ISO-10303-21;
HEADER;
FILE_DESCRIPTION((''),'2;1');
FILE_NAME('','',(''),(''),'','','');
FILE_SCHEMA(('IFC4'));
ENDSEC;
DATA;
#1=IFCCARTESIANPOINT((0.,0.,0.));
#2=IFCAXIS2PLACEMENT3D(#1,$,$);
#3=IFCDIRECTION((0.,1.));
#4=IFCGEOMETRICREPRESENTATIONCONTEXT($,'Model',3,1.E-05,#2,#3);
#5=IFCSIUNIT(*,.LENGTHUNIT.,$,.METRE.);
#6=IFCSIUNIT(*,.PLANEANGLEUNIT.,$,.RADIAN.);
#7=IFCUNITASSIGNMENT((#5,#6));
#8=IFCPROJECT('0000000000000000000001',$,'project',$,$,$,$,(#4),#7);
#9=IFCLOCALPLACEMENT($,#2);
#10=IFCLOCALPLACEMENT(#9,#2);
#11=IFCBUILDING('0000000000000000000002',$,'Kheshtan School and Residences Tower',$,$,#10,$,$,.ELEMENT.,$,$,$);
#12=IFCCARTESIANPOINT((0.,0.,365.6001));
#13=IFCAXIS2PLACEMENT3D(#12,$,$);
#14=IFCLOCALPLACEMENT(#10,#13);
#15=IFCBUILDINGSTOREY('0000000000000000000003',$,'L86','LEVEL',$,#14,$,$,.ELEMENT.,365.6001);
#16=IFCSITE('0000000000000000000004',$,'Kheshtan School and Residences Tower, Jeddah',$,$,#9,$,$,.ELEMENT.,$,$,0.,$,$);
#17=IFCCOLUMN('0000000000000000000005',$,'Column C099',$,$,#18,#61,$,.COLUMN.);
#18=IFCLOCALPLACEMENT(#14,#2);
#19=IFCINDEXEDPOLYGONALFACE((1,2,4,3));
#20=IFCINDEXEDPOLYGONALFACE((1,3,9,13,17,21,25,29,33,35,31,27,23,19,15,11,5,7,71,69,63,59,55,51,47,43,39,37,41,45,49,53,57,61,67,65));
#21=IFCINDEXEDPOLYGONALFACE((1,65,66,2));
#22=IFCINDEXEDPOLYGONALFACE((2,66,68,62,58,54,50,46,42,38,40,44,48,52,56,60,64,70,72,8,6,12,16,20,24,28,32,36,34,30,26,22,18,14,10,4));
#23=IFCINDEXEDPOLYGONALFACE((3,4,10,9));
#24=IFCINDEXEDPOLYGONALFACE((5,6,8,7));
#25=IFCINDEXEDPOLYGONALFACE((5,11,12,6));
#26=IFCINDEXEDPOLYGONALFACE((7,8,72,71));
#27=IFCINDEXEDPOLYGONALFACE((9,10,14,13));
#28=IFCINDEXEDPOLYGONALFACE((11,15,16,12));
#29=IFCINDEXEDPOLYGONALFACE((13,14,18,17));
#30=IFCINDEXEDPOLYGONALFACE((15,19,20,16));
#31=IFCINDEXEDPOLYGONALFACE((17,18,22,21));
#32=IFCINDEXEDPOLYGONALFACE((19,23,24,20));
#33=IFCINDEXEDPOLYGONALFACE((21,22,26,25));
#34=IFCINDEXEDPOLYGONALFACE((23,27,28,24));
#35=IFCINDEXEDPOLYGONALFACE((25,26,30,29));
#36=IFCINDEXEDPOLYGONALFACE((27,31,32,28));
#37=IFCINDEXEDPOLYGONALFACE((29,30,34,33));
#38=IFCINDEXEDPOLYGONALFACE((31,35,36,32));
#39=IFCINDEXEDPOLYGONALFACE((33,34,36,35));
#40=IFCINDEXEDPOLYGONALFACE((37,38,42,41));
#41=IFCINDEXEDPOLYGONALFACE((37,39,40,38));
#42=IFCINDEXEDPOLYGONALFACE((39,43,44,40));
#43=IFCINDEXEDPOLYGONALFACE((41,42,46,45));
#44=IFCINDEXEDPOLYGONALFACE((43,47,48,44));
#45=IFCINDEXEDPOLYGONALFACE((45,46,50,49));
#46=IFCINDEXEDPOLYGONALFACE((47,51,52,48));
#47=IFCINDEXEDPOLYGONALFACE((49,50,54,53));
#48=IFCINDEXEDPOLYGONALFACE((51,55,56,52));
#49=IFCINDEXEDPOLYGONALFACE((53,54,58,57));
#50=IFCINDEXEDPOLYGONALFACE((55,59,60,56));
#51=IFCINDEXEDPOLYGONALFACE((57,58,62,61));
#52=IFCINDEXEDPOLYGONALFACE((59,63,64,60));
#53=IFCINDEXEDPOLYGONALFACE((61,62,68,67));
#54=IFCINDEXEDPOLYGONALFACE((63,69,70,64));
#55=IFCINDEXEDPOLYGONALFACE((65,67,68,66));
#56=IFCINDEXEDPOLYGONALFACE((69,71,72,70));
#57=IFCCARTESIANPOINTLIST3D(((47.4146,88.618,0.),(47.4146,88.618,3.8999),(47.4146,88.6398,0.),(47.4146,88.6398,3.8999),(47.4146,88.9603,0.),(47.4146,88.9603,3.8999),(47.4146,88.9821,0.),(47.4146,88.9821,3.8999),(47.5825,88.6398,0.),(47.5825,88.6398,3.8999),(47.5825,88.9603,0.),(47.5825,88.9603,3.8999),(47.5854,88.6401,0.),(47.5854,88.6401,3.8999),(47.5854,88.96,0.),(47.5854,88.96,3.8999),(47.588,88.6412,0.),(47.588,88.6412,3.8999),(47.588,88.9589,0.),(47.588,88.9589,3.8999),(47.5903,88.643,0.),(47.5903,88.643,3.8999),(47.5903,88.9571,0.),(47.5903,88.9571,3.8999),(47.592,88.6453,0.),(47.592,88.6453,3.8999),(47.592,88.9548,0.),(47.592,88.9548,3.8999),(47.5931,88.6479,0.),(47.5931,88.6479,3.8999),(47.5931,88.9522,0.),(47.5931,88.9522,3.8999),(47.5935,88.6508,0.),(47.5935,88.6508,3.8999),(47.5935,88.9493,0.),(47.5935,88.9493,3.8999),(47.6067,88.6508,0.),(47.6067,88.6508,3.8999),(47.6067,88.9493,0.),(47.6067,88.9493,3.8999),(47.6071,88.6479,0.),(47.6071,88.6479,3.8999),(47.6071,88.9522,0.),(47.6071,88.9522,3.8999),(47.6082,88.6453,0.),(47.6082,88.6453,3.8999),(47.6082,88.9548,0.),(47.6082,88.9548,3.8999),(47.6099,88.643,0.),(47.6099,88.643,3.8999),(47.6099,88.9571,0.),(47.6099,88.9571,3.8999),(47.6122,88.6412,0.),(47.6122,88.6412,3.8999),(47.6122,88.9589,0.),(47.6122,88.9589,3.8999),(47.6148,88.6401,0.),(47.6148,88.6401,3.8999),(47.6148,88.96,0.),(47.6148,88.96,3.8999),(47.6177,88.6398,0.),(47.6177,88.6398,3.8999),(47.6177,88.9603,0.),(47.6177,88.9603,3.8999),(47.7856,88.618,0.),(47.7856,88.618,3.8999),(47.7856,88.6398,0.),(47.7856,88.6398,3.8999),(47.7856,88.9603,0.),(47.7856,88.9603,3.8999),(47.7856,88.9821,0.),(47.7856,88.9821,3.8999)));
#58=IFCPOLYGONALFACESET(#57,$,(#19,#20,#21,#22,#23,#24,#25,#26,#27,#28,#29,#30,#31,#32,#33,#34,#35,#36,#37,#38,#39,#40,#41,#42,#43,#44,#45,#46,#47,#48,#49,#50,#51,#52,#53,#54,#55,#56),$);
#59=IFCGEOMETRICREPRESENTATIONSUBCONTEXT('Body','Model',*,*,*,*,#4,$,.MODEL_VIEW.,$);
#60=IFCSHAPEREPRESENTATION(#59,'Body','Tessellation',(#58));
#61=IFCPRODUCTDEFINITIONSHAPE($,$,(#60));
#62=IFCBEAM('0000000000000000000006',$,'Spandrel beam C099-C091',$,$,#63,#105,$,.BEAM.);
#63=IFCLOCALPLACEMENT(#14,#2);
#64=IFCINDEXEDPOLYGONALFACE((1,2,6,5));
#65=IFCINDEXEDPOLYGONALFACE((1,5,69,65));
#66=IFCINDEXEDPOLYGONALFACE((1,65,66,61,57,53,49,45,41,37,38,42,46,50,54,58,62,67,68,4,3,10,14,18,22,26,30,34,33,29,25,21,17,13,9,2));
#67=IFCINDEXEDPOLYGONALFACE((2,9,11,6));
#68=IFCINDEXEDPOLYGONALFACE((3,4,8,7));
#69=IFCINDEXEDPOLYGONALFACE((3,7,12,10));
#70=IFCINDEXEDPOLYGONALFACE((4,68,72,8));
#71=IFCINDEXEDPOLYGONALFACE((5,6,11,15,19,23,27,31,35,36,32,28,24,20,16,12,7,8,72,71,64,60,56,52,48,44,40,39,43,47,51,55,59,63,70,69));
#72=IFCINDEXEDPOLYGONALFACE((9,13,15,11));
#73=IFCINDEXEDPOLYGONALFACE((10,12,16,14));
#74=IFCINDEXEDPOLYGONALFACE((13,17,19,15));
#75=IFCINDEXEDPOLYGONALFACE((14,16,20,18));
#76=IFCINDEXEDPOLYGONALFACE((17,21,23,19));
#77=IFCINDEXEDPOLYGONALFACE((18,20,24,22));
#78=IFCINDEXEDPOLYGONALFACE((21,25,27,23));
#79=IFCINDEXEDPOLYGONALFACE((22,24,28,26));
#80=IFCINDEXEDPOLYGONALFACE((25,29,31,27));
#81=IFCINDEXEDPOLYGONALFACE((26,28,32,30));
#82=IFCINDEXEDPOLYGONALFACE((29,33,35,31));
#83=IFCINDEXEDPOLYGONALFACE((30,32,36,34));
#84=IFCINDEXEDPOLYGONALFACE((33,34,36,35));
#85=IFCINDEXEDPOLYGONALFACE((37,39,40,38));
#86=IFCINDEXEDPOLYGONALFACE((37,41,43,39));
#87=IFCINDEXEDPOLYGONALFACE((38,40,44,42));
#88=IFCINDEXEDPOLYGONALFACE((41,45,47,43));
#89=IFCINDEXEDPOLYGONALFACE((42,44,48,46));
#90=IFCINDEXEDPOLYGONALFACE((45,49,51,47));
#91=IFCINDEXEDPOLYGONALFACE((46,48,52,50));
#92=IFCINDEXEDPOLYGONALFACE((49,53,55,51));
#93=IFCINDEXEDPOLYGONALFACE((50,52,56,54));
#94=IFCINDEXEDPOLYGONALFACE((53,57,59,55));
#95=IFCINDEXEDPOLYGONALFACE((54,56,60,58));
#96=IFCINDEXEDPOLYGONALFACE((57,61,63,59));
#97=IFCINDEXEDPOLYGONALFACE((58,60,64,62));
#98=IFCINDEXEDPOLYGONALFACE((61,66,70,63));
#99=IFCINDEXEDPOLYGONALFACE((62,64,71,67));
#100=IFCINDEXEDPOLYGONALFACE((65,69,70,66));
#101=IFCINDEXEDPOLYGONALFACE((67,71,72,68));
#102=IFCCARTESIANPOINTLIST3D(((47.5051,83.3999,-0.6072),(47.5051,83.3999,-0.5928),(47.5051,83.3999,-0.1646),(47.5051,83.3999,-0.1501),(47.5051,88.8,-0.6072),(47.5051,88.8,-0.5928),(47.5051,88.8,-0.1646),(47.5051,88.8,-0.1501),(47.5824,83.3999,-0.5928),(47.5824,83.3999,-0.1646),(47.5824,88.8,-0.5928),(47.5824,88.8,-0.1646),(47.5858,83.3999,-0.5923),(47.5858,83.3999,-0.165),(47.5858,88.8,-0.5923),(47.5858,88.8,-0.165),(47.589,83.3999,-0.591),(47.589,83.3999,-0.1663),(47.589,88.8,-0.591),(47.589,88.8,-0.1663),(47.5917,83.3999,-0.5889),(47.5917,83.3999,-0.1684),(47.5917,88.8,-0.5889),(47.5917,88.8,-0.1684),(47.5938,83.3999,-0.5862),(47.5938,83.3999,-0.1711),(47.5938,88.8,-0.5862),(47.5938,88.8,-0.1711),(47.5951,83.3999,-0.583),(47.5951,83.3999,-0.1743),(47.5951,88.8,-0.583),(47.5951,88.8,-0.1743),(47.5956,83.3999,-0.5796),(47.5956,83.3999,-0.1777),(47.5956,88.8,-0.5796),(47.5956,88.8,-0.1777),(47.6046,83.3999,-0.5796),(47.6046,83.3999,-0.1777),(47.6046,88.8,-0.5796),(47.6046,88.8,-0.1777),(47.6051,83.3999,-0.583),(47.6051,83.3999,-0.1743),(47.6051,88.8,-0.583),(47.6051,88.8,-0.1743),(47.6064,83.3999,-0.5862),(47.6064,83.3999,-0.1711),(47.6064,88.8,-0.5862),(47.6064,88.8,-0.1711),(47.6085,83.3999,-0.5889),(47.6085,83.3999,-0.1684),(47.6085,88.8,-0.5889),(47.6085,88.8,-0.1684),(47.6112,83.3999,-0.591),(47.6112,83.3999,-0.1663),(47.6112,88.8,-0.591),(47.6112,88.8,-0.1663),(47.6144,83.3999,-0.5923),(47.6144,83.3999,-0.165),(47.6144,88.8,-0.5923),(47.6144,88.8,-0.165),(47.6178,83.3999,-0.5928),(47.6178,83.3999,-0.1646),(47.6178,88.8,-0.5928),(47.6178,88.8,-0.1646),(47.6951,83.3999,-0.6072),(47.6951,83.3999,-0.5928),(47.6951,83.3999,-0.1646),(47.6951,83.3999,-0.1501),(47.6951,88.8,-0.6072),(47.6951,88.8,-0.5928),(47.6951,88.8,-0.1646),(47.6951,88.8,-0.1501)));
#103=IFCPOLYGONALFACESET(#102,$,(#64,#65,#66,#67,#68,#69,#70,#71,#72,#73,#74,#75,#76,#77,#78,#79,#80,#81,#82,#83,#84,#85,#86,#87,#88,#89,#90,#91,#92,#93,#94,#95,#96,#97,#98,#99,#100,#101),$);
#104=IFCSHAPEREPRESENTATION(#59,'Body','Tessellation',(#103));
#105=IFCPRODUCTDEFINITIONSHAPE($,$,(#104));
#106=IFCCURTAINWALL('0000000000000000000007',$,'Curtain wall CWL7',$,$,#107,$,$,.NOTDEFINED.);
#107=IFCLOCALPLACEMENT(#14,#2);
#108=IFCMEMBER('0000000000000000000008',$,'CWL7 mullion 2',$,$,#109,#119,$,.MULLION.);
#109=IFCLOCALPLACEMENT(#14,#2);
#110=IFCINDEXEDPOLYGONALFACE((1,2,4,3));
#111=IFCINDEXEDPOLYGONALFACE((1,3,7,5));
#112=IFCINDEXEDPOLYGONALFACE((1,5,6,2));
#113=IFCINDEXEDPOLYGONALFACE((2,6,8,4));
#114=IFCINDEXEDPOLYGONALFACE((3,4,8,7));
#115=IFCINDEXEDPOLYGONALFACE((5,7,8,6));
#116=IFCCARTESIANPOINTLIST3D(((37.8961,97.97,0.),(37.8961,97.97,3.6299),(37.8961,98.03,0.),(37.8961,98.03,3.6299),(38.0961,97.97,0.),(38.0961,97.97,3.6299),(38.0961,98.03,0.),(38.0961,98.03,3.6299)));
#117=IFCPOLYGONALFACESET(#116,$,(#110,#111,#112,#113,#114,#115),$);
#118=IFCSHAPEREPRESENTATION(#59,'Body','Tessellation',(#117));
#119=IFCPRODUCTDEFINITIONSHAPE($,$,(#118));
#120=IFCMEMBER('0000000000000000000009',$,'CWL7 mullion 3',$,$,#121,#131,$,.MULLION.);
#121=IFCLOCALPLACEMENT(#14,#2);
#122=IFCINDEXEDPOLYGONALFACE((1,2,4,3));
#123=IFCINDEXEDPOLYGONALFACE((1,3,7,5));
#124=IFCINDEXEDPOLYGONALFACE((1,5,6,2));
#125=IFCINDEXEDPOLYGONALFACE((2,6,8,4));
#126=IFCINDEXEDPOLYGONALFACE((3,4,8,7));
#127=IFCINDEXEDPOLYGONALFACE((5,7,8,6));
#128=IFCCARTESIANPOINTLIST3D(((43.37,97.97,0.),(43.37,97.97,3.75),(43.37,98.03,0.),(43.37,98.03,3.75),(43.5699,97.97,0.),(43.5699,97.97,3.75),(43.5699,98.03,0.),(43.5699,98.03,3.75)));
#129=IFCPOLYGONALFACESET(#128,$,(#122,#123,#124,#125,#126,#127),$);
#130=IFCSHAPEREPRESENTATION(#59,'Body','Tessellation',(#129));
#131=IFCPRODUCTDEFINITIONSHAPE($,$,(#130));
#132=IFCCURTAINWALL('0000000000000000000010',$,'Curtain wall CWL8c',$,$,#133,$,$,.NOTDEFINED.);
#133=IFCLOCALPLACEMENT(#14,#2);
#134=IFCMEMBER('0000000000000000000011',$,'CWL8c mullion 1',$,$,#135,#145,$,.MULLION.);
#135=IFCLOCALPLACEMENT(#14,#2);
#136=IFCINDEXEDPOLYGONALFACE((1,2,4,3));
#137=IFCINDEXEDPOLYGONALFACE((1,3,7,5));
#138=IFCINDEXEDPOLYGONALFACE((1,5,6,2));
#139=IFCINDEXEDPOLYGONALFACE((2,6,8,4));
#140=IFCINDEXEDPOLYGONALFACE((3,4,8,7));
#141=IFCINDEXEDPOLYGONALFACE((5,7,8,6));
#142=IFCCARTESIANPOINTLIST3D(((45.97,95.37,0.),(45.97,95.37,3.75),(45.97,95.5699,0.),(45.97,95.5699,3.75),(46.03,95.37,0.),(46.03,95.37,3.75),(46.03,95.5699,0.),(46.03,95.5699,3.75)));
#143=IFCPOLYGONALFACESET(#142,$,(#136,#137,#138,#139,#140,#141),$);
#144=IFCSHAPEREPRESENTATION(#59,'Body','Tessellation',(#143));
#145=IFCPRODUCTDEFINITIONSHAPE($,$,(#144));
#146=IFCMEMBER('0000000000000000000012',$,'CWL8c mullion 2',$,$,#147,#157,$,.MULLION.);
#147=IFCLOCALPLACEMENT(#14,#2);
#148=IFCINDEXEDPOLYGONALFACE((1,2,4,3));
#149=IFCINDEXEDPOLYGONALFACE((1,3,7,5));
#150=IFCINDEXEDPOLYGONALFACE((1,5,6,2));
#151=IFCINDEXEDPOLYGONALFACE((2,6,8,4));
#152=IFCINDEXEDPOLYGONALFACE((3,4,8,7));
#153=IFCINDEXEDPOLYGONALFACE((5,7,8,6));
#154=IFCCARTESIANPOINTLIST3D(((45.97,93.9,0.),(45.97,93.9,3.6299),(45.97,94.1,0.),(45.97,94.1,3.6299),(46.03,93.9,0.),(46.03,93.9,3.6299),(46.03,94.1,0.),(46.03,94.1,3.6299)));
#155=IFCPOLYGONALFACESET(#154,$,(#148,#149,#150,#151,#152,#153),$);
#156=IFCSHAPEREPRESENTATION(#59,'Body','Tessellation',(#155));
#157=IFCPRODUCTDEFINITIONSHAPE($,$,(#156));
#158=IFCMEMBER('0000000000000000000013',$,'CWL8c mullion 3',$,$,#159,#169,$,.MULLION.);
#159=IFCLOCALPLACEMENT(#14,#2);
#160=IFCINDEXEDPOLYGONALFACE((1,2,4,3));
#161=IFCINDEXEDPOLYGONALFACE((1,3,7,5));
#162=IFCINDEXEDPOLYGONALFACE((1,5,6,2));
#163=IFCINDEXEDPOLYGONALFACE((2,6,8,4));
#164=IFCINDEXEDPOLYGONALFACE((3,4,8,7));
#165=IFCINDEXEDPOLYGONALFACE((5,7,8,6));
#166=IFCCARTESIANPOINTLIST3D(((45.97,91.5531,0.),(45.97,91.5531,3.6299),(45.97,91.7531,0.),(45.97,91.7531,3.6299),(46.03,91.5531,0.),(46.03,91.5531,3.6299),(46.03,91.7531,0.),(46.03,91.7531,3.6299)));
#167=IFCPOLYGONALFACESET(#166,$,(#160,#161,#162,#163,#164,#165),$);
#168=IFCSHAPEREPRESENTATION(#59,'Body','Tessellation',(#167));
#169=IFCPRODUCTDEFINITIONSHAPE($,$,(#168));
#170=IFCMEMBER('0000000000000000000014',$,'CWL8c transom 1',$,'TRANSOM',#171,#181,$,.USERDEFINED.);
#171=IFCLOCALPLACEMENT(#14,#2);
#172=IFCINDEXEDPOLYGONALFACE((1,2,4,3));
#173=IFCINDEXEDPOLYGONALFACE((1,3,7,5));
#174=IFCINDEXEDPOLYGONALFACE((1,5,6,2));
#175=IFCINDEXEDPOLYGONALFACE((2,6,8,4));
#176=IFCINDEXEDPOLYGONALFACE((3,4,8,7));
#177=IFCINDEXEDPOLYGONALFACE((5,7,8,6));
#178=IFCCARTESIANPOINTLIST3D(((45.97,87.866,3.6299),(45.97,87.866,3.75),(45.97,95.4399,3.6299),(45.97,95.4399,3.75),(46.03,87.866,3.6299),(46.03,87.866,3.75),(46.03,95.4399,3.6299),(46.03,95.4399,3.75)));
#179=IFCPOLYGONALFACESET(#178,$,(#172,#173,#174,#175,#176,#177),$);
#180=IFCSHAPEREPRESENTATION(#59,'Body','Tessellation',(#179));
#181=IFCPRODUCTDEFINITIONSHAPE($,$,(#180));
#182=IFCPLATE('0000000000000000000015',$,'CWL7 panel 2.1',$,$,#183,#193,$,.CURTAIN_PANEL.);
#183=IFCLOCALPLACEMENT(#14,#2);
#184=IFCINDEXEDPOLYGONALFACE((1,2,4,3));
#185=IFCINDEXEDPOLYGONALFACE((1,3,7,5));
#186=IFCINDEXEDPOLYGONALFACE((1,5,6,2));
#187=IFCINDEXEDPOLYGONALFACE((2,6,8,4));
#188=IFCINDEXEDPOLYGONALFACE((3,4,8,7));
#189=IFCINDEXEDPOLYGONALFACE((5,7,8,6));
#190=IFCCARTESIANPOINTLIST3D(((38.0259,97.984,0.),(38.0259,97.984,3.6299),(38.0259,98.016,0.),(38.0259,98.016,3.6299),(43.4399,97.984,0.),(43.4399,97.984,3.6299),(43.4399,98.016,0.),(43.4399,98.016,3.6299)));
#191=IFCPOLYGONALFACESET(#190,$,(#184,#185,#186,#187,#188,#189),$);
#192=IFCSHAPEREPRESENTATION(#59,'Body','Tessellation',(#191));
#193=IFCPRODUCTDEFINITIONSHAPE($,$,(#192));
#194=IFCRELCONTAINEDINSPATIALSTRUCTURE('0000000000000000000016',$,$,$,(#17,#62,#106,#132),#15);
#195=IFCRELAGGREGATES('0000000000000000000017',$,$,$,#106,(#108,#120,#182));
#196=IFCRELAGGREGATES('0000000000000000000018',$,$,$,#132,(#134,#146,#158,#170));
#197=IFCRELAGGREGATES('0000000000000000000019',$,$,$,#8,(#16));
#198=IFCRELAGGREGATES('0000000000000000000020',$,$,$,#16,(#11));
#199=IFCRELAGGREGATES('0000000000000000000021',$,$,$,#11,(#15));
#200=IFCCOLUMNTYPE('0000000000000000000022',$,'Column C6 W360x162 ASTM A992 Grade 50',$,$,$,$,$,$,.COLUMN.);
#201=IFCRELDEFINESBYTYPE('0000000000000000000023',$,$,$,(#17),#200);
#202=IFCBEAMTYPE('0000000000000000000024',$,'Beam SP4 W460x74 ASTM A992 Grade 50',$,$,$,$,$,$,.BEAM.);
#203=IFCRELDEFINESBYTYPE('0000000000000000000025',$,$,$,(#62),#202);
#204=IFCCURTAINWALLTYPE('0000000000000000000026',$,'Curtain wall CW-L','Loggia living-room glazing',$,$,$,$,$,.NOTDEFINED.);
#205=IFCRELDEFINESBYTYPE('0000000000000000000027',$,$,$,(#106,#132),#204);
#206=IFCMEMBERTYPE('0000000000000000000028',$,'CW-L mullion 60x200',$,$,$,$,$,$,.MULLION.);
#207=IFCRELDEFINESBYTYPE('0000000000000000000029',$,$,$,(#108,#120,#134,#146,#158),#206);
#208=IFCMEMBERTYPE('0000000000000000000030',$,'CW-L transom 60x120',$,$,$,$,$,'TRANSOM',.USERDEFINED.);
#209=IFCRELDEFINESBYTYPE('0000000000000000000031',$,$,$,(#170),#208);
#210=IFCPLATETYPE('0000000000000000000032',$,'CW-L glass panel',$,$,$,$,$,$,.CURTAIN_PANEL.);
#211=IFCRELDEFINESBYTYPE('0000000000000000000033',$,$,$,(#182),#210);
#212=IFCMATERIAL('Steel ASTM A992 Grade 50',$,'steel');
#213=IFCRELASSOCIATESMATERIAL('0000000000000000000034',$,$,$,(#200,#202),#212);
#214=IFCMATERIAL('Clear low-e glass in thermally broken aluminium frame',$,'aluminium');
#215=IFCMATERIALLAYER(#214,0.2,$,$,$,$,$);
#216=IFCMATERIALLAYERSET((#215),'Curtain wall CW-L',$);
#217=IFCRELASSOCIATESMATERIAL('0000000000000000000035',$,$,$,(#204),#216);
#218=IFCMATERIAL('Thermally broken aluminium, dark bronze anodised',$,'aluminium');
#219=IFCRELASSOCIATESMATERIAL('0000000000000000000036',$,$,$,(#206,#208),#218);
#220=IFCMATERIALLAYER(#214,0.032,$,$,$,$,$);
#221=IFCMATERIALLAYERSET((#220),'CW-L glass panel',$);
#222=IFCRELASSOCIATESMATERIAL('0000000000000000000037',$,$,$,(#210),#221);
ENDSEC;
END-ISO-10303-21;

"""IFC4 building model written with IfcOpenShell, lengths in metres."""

from ifc_helpers import new_model, si_unit, direction, frame, origin, origin_2d, place, context, subcontext, project, spatial, rectangle, i_section, extrude, material, layer, layer_set, material_profile, profile_set, type_object, element, aggregate, save


model = new_model("IFC4")

# Units and contexts
model_context = context("Model", 3, precision=1e-05, world=origin(), true_north=direction((0.0, 1.0)))
body_context = subcontext(model_context, "Body", "Model", "MODEL_VIEW")
ifc_project = project(units=[si_unit("LENGTHUNIT", "METRE"), si_unit("PLANEANGLEUNIT", "RADIAN")], contexts=[model_context])

# Site, building, storey
site_placement = place(None, origin())
site = spatial("IfcSite", under=ifc_project, at=site_placement, Name="Kheshtan School and Residences Tower, Jeddah", CompositionType="ELEMENT", RefElevation=0.0)
building_placement = place(site_placement, origin())
building = spatial("IfcBuilding", under=site, at=building_placement, Name="Kheshtan School and Residences Tower", CompositionType="ELEMENT")
storey_placement = place(building_placement, frame((0.0, 0.0, 365.6001)))
storey = spatial("IfcBuildingStorey", under=building, at=storey_placement, Name="L86", Description="LEVEL", CompositionType="ELEMENT", Elevation=365.6001)

# Column
ifc_material_1 = material(Name="Steel ASTM A992 Grade 50", Category="steel")
ifc_material_profile_1 = material_profile(ifc_material_1, i_section(OverallWidth=0.3711, OverallDepth=0.364, WebThickness=0.0132, FlangeThickness=0.0217, FilletRadius=0.011, at=origin_2d()), Name="W360x162")
ifc_profile_set_1 = profile_set([ifc_material_profile_1], Name="Steel ASTM A992 Grade 50")
column_type = type_object("IfcColumnType", Name="Column C6 W360x162 ASTM A992 Grade 50", PredefinedType="COLUMN", material=ifc_profile_set_1)
column_placement = place(storey_placement, frame((47.6001, 88.8, 0.0), z_axis=(0.0, 0.0, 1.0), x_axis=(1.0, 0.0, 0.0)))
element("IfcColumn", 1, at=column_placement, inside=storey, type_object=column_type, Name="Column C099", PredefinedType="COLUMN", context=body_context, shape_type="SweptSolid", body=[
    extrude(i_section(OverallWidth=0.3711, OverallDepth=0.364, WebThickness=0.0132, FlangeThickness=0.0217, FilletRadius=0.011, at=origin_2d()), origin(), (0.0, 0.0, 1.0), 3.8999),
])

# Beam
ifc_material_profile_2 = material_profile(ifc_material_1, i_section(OverallWidth=0.1899, OverallDepth=0.457, WebThickness=0.009, FlangeThickness=0.0144, FilletRadius=0.0132, at=origin_2d()), Name="W460x74")
ifc_profile_set_2 = profile_set([ifc_material_profile_2], Name="Steel ASTM A992 Grade 50")
beam_type = type_object("IfcBeamType", Name="Beam SP4 W460x74 ASTM A992 Grade 50", PredefinedType="BEAM", material=ifc_profile_set_2)
beam_placement = place(storey_placement, frame((47.6001, 88.8, -0.3787), z_axis=(0.0, -1.0, 0.0), x_axis=(1.0, 0.0, 0.0)))
element("IfcBeam", 2, at=beam_placement, inside=storey, type_object=beam_type, Name="Spandrel beam C099-C091", PredefinedType="BEAM", context=body_context, shape_type="SweptSolid", body=[
    extrude(i_section(OverallWidth=0.1899, OverallDepth=0.457, WebThickness=0.009, FlangeThickness=0.0144, FilletRadius=0.0132, at=origin_2d()), origin(), (0.0, 0.0, 1.0), 5.4001),
])

# Curtain walls, members
ifc_material_2 = material(Name="Clear low-e glass in thermally broken aluminium frame", Category="aluminium")
ifc_layer_1 = layer(ifc_material_2, 0.2)
ifc_layer_set_1 = layer_set([ifc_layer_1], Name="Curtain wall CW-L")
curtain_wall_type = type_object("IfcCurtainWallType", Name="Curtain wall CW-L", Description="Loggia living-room glazing", PredefinedType="NOTDEFINED", material=ifc_layer_set_1)
curtain_wall_1_placement = place(storey_placement, origin())
curtain_wall_1 = element("IfcCurtainWall", 3, at=curtain_wall_1_placement, inside=storey, type_object=curtain_wall_type, Name="Curtain wall CWL7", PredefinedType="NOTDEFINED")
ifc_material_3 = material(Name="Thermally broken aluminium, dark bronze anodised", Category="aluminium")
ifc_material_profile_3 = material_profile(ifc_material_3, rectangle(XDim=0.0601, YDim=0.2, at=origin_2d()), Name="CW-L mullion 60x200")
ifc_profile_set_3 = profile_set([ifc_material_profile_3], Name="Thermally broken aluminium, dark bronze anodised")
member_type_1 = type_object("IfcMemberType", Name="CW-L mullion 60x200", PredefinedType="MULLION", material=ifc_profile_set_3)
member_1_placement = place(storey_placement, frame((37.9961, 98.0, 0.0), z_axis=(0.0, 0.0, 1.0), x_axis=(0.0, 1.0, 0.0)))
member_1 = element("IfcMember", 4, at=member_1_placement, type_object=member_type_1, Name="CWL7 mullion 2", PredefinedType="MULLION", context=body_context, shape_type="SweptSolid", body=[
    extrude(rectangle(XDim=0.0601, YDim=0.2, at=origin_2d()), origin(), (0.0, 0.0, 1.0), 3.6299),
])
member_2_placement = place(storey_placement, frame((43.47, 98.0, 0.0), z_axis=(0.0, 0.0, 1.0), x_axis=(0.0, 1.0, 0.0)))
member_2 = element("IfcMember", 5, at=member_2_placement, type_object=member_type_1, Name="CWL7 mullion 3", PredefinedType="MULLION", context=body_context, shape_type="SweptSolid", body=[
    extrude(rectangle(XDim=0.0601, YDim=0.2, at=origin_2d()), origin(), (0.0, 0.0, 1.0), 3.75),
])
curtain_wall_2_placement = place(storey_placement, origin())
curtain_wall_2 = element("IfcCurtainWall", 6, at=curtain_wall_2_placement, inside=storey, type_object=curtain_wall_type, Name="Curtain wall CWL8c", PredefinedType="NOTDEFINED")
member_3_placement = place(storey_placement, frame((46.0, 95.47, 0.0), z_axis=(0.0, 0.0, 1.0), x_axis=(1.0, 0.0, 0.0)))
member_3 = element("IfcMember", 7, at=member_3_placement, type_object=member_type_1, Name="CWL8c mullion 1", PredefinedType="MULLION", context=body_context, shape_type="SweptSolid", body=[
    extrude(rectangle(XDim=0.0601, YDim=0.2, at=origin_2d()), origin(), (0.0, 0.0, 1.0), 3.75),
])
member_4_placement = place(storey_placement, frame((46.0, 94.0, 0.0), z_axis=(0.0, 0.0, 1.0), x_axis=(1.0, 0.0, 0.0)))
member_4 = element("IfcMember", 8, at=member_4_placement, type_object=member_type_1, Name="CWL8c mullion 2", PredefinedType="MULLION", context=body_context, shape_type="SweptSolid", body=[
    extrude(rectangle(XDim=0.0601, YDim=0.2, at=origin_2d()), origin(), (0.0, 0.0, 1.0), 3.6299),
])
member_5_placement = place(storey_placement, frame((46.0, 91.6531, 0.0), z_axis=(0.0, 0.0, 1.0), x_axis=(1.0, 0.0, 0.0)))
member_5 = element("IfcMember", 9, at=member_5_placement, type_object=member_type_1, Name="CWL8c mullion 3", PredefinedType="MULLION", context=body_context, shape_type="SweptSolid", body=[
    extrude(rectangle(XDim=0.0601, YDim=0.2, at=origin_2d()), origin(), (0.0, 0.0, 1.0), 3.6299),
])
ifc_material_profile_4 = material_profile(ifc_material_3, rectangle(XDim=0.0601, YDim=0.1201, at=origin_2d()), Name="CW-L transom 60x120")
ifc_profile_set_4 = profile_set([ifc_material_profile_4], Name="Thermally broken aluminium, dark bronze anodised")
member_type_2 = type_object("IfcMemberType", Name="CW-L transom 60x120", ElementType="TRANSOM", PredefinedType="USERDEFINED", material=ifc_profile_set_4)
member_6_placement = place(storey_placement, frame((46.0, 95.4399, 3.6899), z_axis=(0.0, -1.0, 0.0), x_axis=(1.0, 0.0, 0.0)))
member_6 = element("IfcMember", 10, at=member_6_placement, type_object=member_type_2, Name="CWL8c transom 1", ObjectType="TRANSOM", PredefinedType="USERDEFINED", context=body_context, shape_type="SweptSolid", body=[
    extrude(rectangle(XDim=0.0601, YDim=0.1201, at=origin_2d()), origin(), (0.0, 0.0, 1.0), 7.574),
])

# Plate
ifc_layer_2 = layer(ifc_material_2, 0.032)
ifc_layer_set_2 = layer_set([ifc_layer_2], Name="CW-L glass panel")
plate_type = type_object("IfcPlateType", Name="CW-L glass panel", PredefinedType="CURTAIN_PANEL", material=ifc_layer_set_2)
plate_1_placement = place(storey_placement, frame((40.7329, 98.0, 0.0), z_axis=(0.0, 0.0, 1.0), x_axis=(1.0, 0.0, 0.0)))
plate_1 = element("IfcPlate", 11, at=plate_1_placement, type_object=plate_type, Name="CWL7 panel 2.1", PredefinedType="CURTAIN_PANEL", context=body_context, shape_type="SweptSolid", body=[
    extrude(rectangle(XDim=5.4141, YDim=0.032, at=origin_2d()), origin(), (0.0, 0.0, 1.0), 3.6299),
])
aggregate(curtain_wall_1, [member_1, member_2, plate_1])
aggregate(curtain_wall_2, [member_3, member_4, member_5, member_6])

save(model, "model.ifc")
